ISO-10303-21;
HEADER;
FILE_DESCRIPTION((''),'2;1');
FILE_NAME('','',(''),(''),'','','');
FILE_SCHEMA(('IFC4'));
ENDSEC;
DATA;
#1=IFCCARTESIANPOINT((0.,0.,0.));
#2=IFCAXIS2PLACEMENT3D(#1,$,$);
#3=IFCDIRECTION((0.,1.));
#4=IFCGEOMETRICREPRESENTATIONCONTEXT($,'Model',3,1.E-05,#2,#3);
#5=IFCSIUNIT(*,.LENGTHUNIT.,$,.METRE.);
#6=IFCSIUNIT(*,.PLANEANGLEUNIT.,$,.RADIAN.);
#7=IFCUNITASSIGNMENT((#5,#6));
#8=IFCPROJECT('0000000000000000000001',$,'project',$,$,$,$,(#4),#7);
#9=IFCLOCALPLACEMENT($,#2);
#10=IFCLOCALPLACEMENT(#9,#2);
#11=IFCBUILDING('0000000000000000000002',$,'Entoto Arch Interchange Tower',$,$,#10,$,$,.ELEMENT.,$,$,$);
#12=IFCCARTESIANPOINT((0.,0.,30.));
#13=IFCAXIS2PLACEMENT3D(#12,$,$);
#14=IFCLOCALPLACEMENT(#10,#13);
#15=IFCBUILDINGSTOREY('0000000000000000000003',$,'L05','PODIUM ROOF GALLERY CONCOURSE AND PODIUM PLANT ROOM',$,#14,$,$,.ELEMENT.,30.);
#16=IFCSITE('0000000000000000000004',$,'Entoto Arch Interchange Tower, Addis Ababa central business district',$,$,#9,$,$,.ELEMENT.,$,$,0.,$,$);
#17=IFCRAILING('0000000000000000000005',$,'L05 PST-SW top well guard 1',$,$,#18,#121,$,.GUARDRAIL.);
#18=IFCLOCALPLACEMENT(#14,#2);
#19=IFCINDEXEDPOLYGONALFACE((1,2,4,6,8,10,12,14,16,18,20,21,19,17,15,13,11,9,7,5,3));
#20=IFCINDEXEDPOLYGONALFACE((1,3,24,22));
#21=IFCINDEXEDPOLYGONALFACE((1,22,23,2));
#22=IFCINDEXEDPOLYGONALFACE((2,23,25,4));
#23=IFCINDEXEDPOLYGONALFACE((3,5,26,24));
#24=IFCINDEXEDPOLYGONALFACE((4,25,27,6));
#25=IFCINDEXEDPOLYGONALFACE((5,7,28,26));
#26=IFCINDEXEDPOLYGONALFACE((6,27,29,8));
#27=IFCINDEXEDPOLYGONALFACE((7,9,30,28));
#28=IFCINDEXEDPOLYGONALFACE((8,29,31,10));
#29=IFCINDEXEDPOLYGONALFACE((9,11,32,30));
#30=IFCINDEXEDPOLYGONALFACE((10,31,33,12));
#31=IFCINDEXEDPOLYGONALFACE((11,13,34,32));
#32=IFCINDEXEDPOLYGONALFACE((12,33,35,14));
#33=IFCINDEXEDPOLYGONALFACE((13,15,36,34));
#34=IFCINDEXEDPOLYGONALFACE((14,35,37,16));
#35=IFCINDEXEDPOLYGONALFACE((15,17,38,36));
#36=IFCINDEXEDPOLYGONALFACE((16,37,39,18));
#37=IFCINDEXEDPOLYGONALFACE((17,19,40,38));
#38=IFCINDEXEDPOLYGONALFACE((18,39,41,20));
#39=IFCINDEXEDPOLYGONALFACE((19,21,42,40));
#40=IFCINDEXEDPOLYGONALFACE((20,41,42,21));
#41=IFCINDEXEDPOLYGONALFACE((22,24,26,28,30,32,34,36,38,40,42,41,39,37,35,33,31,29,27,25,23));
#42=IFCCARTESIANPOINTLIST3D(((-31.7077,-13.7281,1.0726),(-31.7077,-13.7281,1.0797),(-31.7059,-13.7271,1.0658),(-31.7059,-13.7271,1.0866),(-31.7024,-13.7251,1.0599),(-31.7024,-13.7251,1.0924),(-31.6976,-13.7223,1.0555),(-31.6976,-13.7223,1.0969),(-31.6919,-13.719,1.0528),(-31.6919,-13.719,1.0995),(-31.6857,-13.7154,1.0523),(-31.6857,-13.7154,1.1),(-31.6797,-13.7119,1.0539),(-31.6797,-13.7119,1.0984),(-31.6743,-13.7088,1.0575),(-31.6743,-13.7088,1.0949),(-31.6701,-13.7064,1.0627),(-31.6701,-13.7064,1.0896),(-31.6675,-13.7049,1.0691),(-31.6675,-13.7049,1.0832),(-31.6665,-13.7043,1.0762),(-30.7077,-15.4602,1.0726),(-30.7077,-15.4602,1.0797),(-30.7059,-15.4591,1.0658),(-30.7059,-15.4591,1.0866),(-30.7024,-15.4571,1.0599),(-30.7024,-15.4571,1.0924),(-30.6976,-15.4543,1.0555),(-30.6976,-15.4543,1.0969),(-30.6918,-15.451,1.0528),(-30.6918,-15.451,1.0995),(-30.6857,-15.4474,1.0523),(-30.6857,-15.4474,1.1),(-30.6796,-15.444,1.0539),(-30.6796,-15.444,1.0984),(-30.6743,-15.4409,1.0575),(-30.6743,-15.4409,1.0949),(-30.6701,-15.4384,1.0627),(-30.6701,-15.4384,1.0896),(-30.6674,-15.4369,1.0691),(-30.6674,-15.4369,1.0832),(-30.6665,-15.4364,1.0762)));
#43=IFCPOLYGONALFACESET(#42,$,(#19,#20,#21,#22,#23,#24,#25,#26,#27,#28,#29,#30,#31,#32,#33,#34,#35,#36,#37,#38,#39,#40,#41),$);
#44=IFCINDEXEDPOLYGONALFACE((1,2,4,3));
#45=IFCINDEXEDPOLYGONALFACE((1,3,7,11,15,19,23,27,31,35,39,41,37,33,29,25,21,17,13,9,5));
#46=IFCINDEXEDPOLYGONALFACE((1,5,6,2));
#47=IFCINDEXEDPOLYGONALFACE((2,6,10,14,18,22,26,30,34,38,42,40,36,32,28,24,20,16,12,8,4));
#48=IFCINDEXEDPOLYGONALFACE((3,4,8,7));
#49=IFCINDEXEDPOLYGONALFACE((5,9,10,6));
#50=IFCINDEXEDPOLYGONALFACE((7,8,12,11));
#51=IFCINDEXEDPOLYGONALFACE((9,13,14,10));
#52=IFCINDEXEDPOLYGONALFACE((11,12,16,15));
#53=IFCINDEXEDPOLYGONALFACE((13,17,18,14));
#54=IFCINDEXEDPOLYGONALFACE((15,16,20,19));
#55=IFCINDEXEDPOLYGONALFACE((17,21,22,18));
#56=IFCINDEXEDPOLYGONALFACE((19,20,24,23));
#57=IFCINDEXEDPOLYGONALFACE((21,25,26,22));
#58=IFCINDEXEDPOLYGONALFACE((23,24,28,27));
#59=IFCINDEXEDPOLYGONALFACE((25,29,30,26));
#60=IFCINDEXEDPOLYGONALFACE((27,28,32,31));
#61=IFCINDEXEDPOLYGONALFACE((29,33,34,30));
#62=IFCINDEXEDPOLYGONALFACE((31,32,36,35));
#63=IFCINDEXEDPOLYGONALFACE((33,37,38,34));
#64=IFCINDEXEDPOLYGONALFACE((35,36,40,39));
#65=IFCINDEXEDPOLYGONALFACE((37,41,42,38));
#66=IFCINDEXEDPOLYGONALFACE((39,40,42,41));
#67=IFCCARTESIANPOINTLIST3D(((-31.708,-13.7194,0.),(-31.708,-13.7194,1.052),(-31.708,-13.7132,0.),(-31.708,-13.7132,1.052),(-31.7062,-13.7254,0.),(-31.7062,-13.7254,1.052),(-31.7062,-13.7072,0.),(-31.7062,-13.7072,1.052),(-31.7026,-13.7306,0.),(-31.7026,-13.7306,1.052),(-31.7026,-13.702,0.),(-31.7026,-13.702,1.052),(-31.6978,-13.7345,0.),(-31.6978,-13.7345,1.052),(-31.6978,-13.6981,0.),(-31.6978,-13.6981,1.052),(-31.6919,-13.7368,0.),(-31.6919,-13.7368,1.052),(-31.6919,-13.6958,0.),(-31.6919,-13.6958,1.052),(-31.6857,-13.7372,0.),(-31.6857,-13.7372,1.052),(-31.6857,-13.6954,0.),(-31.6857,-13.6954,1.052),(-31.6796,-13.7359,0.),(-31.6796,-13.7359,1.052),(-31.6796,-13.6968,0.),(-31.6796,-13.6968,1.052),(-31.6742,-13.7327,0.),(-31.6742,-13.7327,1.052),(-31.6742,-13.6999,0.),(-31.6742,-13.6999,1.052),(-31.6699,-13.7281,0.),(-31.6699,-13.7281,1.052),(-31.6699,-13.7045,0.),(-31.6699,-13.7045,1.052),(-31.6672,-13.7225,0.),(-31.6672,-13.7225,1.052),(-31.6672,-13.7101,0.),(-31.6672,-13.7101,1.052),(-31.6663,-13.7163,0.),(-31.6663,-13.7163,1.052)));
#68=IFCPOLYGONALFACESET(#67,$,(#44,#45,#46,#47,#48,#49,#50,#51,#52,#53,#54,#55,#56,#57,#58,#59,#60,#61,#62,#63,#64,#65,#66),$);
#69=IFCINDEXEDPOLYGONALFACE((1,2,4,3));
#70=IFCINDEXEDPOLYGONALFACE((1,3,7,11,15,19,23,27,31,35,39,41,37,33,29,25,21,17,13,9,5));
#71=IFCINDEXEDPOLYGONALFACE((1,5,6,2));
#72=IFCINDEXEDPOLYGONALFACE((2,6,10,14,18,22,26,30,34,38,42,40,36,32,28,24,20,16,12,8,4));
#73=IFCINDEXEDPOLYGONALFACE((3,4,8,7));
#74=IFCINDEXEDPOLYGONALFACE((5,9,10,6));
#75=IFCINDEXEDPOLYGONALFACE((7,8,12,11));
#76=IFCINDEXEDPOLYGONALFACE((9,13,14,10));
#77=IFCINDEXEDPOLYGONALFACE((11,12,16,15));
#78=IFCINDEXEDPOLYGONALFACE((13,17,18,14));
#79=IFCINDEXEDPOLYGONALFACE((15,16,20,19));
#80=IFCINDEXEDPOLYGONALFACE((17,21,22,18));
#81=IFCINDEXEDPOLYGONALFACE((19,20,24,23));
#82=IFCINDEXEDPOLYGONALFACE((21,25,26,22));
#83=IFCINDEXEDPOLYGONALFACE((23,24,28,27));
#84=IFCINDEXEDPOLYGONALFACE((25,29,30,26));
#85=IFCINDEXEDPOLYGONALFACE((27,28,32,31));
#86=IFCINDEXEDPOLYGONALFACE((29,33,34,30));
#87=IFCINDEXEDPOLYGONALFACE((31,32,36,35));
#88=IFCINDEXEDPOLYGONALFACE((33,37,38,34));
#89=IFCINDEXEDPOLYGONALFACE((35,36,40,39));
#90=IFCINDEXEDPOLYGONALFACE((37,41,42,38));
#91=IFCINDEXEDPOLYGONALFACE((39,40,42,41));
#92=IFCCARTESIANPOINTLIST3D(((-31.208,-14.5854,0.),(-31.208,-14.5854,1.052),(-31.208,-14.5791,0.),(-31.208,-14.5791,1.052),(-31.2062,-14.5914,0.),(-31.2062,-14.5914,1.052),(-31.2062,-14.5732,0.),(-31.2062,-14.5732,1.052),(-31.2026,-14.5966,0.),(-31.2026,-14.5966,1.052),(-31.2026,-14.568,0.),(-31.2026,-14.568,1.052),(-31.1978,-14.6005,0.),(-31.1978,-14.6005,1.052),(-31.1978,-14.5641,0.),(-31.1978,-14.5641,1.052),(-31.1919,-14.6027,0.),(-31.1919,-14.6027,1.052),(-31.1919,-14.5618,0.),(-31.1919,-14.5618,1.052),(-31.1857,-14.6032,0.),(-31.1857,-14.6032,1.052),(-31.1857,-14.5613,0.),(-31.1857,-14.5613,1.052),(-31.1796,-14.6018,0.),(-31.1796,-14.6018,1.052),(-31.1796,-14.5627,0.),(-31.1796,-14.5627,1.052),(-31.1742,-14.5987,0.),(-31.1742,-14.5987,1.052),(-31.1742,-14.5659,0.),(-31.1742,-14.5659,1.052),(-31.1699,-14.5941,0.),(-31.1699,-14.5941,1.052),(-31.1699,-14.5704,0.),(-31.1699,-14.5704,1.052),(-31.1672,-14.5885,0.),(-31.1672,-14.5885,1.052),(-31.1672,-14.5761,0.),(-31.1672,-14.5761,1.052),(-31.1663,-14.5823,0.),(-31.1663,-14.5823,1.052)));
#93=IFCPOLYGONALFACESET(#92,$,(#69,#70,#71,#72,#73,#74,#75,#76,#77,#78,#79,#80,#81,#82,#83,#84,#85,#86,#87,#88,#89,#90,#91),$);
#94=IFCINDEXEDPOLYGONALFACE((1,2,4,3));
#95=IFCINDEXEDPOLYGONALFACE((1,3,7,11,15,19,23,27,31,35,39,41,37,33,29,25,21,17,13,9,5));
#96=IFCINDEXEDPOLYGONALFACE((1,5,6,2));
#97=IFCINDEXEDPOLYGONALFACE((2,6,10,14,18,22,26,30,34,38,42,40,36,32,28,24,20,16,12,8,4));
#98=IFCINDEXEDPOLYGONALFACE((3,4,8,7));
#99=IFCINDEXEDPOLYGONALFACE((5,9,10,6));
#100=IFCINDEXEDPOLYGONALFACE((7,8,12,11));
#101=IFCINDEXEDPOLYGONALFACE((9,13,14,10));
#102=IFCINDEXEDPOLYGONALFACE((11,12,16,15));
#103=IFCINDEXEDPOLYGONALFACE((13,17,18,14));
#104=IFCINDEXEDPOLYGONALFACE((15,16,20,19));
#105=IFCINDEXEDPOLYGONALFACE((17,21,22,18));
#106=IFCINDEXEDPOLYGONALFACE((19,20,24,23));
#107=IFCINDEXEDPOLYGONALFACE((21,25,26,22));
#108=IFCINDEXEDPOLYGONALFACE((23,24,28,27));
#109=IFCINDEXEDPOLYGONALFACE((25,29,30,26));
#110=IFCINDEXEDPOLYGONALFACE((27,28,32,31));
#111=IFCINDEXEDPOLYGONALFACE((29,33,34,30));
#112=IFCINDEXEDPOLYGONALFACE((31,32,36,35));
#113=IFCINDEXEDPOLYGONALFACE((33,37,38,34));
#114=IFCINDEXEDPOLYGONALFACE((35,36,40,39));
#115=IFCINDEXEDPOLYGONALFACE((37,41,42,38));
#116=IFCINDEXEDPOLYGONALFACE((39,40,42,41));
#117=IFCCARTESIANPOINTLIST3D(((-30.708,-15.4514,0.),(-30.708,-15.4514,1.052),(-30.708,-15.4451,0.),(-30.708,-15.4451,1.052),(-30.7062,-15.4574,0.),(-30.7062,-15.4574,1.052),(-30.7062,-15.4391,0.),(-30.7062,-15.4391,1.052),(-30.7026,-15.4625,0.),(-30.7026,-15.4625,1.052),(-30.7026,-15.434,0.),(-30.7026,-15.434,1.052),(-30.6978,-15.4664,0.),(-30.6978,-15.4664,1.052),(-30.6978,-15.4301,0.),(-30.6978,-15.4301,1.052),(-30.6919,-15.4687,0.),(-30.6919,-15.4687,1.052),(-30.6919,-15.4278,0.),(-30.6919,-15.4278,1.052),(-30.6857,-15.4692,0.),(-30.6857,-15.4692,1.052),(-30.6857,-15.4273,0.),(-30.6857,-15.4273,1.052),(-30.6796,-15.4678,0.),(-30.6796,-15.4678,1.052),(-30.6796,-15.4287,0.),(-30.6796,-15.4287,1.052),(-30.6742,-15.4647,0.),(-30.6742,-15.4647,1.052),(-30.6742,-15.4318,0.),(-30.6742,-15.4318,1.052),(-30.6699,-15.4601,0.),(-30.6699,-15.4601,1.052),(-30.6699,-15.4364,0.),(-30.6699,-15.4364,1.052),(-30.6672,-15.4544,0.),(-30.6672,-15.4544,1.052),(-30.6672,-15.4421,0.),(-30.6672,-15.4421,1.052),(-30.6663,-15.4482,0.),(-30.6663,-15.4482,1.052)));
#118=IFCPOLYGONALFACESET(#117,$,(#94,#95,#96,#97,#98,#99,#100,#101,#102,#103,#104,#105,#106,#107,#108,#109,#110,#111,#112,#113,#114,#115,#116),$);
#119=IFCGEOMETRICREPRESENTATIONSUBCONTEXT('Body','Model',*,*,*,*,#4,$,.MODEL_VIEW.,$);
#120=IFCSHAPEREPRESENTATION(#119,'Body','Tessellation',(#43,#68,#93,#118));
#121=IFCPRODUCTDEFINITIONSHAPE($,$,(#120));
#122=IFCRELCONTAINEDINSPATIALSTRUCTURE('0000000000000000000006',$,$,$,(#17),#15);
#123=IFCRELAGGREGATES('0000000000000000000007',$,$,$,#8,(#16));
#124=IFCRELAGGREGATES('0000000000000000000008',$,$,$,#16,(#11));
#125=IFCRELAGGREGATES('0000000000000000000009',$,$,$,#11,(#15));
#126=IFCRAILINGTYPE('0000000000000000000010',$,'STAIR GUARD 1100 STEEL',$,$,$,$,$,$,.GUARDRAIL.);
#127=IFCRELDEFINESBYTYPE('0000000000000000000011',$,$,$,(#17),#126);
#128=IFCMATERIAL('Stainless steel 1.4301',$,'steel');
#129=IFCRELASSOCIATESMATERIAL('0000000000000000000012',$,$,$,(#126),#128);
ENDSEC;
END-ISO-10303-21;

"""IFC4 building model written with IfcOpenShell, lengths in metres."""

from ifc_helpers import new_model, si_unit, direction, frame, origin, origin_2d, place, context, subcontext, project, spatial, circle, extrude, material, type_object, element, save


model = new_model("IFC4")

# Units and contexts
model_context = context("Model", 3, precision=1e-05, world=origin(), true_north=direction((0.0, 1.0)))
body_context = subcontext(model_context, "Body", "Model", "MODEL_VIEW")
ifc_project = project(units=[si_unit("LENGTHUNIT", "METRE"), si_unit("PLANEANGLEUNIT", "RADIAN")], contexts=[model_context])

# Site, building, storey
site_placement = place(None, origin())
site = spatial("IfcSite", under=ifc_project, at=site_placement, Name="Entoto Arch Interchange Tower, Addis Ababa central business district", CompositionType="ELEMENT", RefElevation=0.0)
building_placement = place(site_placement, origin())
building = spatial("IfcBuilding", under=site, at=building_placement, Name="Entoto Arch Interchange Tower", CompositionType="ELEMENT")
storey_placement = place(building_placement, frame((0.0, 0.0, 30.0)))
storey = spatial("IfcBuildingStorey", under=building, at=storey_placement, Name="L05", Description="PODIUM ROOF GALLERY CONCOURSE AND PODIUM PLANT ROOM", CompositionType="ELEMENT", Elevation=30.0)

# Railing
ifc_material_1 = material(Name="Stainless steel 1.4301", Category="steel")
railing_type_1 = type_object("IfcRailingType", Name="STAIR GUARD 1100 STEEL", PredefinedType="GUARDRAIL", material=ifc_material_1)
railing_1_placement = place(storey_placement, frame((-31.6873, -13.7163, 0.0)))
element("IfcRailing", 1, at=railing_1_placement, inside=storey, type_object=railing_type_1, Name="L05 PST-SW top well guard 1", PredefinedType="GUARDRAIL", context=body_context, shape_type="SweptSolid", body=[
    extrude(circle(Radius=0.0239, at=origin_2d()), frame((0.0, 0.0, 1.0762), z_axis=(0.500025, -0.866011, 0.0), x_axis=(0.866011, 0.500025, 0.0)), (0.0, 0.0, 1.0), 2.0),
    extrude(circle(Radius=0.021, at=origin_2d()), origin(), (0.0, 0.0, 1.0), 1.052),
    extrude(circle(Radius=0.021, at=origin_2d()), frame((0.5, -0.866, 0.0)), (0.0, 0.0, 1.0), 1.052),
    extrude(circle(Radius=0.021, at=origin_2d()), frame((1.0, -1.7319, 0.0)), (0.0, 0.0, 1.0), 1.052),
])

save(model, "model.ifc")
